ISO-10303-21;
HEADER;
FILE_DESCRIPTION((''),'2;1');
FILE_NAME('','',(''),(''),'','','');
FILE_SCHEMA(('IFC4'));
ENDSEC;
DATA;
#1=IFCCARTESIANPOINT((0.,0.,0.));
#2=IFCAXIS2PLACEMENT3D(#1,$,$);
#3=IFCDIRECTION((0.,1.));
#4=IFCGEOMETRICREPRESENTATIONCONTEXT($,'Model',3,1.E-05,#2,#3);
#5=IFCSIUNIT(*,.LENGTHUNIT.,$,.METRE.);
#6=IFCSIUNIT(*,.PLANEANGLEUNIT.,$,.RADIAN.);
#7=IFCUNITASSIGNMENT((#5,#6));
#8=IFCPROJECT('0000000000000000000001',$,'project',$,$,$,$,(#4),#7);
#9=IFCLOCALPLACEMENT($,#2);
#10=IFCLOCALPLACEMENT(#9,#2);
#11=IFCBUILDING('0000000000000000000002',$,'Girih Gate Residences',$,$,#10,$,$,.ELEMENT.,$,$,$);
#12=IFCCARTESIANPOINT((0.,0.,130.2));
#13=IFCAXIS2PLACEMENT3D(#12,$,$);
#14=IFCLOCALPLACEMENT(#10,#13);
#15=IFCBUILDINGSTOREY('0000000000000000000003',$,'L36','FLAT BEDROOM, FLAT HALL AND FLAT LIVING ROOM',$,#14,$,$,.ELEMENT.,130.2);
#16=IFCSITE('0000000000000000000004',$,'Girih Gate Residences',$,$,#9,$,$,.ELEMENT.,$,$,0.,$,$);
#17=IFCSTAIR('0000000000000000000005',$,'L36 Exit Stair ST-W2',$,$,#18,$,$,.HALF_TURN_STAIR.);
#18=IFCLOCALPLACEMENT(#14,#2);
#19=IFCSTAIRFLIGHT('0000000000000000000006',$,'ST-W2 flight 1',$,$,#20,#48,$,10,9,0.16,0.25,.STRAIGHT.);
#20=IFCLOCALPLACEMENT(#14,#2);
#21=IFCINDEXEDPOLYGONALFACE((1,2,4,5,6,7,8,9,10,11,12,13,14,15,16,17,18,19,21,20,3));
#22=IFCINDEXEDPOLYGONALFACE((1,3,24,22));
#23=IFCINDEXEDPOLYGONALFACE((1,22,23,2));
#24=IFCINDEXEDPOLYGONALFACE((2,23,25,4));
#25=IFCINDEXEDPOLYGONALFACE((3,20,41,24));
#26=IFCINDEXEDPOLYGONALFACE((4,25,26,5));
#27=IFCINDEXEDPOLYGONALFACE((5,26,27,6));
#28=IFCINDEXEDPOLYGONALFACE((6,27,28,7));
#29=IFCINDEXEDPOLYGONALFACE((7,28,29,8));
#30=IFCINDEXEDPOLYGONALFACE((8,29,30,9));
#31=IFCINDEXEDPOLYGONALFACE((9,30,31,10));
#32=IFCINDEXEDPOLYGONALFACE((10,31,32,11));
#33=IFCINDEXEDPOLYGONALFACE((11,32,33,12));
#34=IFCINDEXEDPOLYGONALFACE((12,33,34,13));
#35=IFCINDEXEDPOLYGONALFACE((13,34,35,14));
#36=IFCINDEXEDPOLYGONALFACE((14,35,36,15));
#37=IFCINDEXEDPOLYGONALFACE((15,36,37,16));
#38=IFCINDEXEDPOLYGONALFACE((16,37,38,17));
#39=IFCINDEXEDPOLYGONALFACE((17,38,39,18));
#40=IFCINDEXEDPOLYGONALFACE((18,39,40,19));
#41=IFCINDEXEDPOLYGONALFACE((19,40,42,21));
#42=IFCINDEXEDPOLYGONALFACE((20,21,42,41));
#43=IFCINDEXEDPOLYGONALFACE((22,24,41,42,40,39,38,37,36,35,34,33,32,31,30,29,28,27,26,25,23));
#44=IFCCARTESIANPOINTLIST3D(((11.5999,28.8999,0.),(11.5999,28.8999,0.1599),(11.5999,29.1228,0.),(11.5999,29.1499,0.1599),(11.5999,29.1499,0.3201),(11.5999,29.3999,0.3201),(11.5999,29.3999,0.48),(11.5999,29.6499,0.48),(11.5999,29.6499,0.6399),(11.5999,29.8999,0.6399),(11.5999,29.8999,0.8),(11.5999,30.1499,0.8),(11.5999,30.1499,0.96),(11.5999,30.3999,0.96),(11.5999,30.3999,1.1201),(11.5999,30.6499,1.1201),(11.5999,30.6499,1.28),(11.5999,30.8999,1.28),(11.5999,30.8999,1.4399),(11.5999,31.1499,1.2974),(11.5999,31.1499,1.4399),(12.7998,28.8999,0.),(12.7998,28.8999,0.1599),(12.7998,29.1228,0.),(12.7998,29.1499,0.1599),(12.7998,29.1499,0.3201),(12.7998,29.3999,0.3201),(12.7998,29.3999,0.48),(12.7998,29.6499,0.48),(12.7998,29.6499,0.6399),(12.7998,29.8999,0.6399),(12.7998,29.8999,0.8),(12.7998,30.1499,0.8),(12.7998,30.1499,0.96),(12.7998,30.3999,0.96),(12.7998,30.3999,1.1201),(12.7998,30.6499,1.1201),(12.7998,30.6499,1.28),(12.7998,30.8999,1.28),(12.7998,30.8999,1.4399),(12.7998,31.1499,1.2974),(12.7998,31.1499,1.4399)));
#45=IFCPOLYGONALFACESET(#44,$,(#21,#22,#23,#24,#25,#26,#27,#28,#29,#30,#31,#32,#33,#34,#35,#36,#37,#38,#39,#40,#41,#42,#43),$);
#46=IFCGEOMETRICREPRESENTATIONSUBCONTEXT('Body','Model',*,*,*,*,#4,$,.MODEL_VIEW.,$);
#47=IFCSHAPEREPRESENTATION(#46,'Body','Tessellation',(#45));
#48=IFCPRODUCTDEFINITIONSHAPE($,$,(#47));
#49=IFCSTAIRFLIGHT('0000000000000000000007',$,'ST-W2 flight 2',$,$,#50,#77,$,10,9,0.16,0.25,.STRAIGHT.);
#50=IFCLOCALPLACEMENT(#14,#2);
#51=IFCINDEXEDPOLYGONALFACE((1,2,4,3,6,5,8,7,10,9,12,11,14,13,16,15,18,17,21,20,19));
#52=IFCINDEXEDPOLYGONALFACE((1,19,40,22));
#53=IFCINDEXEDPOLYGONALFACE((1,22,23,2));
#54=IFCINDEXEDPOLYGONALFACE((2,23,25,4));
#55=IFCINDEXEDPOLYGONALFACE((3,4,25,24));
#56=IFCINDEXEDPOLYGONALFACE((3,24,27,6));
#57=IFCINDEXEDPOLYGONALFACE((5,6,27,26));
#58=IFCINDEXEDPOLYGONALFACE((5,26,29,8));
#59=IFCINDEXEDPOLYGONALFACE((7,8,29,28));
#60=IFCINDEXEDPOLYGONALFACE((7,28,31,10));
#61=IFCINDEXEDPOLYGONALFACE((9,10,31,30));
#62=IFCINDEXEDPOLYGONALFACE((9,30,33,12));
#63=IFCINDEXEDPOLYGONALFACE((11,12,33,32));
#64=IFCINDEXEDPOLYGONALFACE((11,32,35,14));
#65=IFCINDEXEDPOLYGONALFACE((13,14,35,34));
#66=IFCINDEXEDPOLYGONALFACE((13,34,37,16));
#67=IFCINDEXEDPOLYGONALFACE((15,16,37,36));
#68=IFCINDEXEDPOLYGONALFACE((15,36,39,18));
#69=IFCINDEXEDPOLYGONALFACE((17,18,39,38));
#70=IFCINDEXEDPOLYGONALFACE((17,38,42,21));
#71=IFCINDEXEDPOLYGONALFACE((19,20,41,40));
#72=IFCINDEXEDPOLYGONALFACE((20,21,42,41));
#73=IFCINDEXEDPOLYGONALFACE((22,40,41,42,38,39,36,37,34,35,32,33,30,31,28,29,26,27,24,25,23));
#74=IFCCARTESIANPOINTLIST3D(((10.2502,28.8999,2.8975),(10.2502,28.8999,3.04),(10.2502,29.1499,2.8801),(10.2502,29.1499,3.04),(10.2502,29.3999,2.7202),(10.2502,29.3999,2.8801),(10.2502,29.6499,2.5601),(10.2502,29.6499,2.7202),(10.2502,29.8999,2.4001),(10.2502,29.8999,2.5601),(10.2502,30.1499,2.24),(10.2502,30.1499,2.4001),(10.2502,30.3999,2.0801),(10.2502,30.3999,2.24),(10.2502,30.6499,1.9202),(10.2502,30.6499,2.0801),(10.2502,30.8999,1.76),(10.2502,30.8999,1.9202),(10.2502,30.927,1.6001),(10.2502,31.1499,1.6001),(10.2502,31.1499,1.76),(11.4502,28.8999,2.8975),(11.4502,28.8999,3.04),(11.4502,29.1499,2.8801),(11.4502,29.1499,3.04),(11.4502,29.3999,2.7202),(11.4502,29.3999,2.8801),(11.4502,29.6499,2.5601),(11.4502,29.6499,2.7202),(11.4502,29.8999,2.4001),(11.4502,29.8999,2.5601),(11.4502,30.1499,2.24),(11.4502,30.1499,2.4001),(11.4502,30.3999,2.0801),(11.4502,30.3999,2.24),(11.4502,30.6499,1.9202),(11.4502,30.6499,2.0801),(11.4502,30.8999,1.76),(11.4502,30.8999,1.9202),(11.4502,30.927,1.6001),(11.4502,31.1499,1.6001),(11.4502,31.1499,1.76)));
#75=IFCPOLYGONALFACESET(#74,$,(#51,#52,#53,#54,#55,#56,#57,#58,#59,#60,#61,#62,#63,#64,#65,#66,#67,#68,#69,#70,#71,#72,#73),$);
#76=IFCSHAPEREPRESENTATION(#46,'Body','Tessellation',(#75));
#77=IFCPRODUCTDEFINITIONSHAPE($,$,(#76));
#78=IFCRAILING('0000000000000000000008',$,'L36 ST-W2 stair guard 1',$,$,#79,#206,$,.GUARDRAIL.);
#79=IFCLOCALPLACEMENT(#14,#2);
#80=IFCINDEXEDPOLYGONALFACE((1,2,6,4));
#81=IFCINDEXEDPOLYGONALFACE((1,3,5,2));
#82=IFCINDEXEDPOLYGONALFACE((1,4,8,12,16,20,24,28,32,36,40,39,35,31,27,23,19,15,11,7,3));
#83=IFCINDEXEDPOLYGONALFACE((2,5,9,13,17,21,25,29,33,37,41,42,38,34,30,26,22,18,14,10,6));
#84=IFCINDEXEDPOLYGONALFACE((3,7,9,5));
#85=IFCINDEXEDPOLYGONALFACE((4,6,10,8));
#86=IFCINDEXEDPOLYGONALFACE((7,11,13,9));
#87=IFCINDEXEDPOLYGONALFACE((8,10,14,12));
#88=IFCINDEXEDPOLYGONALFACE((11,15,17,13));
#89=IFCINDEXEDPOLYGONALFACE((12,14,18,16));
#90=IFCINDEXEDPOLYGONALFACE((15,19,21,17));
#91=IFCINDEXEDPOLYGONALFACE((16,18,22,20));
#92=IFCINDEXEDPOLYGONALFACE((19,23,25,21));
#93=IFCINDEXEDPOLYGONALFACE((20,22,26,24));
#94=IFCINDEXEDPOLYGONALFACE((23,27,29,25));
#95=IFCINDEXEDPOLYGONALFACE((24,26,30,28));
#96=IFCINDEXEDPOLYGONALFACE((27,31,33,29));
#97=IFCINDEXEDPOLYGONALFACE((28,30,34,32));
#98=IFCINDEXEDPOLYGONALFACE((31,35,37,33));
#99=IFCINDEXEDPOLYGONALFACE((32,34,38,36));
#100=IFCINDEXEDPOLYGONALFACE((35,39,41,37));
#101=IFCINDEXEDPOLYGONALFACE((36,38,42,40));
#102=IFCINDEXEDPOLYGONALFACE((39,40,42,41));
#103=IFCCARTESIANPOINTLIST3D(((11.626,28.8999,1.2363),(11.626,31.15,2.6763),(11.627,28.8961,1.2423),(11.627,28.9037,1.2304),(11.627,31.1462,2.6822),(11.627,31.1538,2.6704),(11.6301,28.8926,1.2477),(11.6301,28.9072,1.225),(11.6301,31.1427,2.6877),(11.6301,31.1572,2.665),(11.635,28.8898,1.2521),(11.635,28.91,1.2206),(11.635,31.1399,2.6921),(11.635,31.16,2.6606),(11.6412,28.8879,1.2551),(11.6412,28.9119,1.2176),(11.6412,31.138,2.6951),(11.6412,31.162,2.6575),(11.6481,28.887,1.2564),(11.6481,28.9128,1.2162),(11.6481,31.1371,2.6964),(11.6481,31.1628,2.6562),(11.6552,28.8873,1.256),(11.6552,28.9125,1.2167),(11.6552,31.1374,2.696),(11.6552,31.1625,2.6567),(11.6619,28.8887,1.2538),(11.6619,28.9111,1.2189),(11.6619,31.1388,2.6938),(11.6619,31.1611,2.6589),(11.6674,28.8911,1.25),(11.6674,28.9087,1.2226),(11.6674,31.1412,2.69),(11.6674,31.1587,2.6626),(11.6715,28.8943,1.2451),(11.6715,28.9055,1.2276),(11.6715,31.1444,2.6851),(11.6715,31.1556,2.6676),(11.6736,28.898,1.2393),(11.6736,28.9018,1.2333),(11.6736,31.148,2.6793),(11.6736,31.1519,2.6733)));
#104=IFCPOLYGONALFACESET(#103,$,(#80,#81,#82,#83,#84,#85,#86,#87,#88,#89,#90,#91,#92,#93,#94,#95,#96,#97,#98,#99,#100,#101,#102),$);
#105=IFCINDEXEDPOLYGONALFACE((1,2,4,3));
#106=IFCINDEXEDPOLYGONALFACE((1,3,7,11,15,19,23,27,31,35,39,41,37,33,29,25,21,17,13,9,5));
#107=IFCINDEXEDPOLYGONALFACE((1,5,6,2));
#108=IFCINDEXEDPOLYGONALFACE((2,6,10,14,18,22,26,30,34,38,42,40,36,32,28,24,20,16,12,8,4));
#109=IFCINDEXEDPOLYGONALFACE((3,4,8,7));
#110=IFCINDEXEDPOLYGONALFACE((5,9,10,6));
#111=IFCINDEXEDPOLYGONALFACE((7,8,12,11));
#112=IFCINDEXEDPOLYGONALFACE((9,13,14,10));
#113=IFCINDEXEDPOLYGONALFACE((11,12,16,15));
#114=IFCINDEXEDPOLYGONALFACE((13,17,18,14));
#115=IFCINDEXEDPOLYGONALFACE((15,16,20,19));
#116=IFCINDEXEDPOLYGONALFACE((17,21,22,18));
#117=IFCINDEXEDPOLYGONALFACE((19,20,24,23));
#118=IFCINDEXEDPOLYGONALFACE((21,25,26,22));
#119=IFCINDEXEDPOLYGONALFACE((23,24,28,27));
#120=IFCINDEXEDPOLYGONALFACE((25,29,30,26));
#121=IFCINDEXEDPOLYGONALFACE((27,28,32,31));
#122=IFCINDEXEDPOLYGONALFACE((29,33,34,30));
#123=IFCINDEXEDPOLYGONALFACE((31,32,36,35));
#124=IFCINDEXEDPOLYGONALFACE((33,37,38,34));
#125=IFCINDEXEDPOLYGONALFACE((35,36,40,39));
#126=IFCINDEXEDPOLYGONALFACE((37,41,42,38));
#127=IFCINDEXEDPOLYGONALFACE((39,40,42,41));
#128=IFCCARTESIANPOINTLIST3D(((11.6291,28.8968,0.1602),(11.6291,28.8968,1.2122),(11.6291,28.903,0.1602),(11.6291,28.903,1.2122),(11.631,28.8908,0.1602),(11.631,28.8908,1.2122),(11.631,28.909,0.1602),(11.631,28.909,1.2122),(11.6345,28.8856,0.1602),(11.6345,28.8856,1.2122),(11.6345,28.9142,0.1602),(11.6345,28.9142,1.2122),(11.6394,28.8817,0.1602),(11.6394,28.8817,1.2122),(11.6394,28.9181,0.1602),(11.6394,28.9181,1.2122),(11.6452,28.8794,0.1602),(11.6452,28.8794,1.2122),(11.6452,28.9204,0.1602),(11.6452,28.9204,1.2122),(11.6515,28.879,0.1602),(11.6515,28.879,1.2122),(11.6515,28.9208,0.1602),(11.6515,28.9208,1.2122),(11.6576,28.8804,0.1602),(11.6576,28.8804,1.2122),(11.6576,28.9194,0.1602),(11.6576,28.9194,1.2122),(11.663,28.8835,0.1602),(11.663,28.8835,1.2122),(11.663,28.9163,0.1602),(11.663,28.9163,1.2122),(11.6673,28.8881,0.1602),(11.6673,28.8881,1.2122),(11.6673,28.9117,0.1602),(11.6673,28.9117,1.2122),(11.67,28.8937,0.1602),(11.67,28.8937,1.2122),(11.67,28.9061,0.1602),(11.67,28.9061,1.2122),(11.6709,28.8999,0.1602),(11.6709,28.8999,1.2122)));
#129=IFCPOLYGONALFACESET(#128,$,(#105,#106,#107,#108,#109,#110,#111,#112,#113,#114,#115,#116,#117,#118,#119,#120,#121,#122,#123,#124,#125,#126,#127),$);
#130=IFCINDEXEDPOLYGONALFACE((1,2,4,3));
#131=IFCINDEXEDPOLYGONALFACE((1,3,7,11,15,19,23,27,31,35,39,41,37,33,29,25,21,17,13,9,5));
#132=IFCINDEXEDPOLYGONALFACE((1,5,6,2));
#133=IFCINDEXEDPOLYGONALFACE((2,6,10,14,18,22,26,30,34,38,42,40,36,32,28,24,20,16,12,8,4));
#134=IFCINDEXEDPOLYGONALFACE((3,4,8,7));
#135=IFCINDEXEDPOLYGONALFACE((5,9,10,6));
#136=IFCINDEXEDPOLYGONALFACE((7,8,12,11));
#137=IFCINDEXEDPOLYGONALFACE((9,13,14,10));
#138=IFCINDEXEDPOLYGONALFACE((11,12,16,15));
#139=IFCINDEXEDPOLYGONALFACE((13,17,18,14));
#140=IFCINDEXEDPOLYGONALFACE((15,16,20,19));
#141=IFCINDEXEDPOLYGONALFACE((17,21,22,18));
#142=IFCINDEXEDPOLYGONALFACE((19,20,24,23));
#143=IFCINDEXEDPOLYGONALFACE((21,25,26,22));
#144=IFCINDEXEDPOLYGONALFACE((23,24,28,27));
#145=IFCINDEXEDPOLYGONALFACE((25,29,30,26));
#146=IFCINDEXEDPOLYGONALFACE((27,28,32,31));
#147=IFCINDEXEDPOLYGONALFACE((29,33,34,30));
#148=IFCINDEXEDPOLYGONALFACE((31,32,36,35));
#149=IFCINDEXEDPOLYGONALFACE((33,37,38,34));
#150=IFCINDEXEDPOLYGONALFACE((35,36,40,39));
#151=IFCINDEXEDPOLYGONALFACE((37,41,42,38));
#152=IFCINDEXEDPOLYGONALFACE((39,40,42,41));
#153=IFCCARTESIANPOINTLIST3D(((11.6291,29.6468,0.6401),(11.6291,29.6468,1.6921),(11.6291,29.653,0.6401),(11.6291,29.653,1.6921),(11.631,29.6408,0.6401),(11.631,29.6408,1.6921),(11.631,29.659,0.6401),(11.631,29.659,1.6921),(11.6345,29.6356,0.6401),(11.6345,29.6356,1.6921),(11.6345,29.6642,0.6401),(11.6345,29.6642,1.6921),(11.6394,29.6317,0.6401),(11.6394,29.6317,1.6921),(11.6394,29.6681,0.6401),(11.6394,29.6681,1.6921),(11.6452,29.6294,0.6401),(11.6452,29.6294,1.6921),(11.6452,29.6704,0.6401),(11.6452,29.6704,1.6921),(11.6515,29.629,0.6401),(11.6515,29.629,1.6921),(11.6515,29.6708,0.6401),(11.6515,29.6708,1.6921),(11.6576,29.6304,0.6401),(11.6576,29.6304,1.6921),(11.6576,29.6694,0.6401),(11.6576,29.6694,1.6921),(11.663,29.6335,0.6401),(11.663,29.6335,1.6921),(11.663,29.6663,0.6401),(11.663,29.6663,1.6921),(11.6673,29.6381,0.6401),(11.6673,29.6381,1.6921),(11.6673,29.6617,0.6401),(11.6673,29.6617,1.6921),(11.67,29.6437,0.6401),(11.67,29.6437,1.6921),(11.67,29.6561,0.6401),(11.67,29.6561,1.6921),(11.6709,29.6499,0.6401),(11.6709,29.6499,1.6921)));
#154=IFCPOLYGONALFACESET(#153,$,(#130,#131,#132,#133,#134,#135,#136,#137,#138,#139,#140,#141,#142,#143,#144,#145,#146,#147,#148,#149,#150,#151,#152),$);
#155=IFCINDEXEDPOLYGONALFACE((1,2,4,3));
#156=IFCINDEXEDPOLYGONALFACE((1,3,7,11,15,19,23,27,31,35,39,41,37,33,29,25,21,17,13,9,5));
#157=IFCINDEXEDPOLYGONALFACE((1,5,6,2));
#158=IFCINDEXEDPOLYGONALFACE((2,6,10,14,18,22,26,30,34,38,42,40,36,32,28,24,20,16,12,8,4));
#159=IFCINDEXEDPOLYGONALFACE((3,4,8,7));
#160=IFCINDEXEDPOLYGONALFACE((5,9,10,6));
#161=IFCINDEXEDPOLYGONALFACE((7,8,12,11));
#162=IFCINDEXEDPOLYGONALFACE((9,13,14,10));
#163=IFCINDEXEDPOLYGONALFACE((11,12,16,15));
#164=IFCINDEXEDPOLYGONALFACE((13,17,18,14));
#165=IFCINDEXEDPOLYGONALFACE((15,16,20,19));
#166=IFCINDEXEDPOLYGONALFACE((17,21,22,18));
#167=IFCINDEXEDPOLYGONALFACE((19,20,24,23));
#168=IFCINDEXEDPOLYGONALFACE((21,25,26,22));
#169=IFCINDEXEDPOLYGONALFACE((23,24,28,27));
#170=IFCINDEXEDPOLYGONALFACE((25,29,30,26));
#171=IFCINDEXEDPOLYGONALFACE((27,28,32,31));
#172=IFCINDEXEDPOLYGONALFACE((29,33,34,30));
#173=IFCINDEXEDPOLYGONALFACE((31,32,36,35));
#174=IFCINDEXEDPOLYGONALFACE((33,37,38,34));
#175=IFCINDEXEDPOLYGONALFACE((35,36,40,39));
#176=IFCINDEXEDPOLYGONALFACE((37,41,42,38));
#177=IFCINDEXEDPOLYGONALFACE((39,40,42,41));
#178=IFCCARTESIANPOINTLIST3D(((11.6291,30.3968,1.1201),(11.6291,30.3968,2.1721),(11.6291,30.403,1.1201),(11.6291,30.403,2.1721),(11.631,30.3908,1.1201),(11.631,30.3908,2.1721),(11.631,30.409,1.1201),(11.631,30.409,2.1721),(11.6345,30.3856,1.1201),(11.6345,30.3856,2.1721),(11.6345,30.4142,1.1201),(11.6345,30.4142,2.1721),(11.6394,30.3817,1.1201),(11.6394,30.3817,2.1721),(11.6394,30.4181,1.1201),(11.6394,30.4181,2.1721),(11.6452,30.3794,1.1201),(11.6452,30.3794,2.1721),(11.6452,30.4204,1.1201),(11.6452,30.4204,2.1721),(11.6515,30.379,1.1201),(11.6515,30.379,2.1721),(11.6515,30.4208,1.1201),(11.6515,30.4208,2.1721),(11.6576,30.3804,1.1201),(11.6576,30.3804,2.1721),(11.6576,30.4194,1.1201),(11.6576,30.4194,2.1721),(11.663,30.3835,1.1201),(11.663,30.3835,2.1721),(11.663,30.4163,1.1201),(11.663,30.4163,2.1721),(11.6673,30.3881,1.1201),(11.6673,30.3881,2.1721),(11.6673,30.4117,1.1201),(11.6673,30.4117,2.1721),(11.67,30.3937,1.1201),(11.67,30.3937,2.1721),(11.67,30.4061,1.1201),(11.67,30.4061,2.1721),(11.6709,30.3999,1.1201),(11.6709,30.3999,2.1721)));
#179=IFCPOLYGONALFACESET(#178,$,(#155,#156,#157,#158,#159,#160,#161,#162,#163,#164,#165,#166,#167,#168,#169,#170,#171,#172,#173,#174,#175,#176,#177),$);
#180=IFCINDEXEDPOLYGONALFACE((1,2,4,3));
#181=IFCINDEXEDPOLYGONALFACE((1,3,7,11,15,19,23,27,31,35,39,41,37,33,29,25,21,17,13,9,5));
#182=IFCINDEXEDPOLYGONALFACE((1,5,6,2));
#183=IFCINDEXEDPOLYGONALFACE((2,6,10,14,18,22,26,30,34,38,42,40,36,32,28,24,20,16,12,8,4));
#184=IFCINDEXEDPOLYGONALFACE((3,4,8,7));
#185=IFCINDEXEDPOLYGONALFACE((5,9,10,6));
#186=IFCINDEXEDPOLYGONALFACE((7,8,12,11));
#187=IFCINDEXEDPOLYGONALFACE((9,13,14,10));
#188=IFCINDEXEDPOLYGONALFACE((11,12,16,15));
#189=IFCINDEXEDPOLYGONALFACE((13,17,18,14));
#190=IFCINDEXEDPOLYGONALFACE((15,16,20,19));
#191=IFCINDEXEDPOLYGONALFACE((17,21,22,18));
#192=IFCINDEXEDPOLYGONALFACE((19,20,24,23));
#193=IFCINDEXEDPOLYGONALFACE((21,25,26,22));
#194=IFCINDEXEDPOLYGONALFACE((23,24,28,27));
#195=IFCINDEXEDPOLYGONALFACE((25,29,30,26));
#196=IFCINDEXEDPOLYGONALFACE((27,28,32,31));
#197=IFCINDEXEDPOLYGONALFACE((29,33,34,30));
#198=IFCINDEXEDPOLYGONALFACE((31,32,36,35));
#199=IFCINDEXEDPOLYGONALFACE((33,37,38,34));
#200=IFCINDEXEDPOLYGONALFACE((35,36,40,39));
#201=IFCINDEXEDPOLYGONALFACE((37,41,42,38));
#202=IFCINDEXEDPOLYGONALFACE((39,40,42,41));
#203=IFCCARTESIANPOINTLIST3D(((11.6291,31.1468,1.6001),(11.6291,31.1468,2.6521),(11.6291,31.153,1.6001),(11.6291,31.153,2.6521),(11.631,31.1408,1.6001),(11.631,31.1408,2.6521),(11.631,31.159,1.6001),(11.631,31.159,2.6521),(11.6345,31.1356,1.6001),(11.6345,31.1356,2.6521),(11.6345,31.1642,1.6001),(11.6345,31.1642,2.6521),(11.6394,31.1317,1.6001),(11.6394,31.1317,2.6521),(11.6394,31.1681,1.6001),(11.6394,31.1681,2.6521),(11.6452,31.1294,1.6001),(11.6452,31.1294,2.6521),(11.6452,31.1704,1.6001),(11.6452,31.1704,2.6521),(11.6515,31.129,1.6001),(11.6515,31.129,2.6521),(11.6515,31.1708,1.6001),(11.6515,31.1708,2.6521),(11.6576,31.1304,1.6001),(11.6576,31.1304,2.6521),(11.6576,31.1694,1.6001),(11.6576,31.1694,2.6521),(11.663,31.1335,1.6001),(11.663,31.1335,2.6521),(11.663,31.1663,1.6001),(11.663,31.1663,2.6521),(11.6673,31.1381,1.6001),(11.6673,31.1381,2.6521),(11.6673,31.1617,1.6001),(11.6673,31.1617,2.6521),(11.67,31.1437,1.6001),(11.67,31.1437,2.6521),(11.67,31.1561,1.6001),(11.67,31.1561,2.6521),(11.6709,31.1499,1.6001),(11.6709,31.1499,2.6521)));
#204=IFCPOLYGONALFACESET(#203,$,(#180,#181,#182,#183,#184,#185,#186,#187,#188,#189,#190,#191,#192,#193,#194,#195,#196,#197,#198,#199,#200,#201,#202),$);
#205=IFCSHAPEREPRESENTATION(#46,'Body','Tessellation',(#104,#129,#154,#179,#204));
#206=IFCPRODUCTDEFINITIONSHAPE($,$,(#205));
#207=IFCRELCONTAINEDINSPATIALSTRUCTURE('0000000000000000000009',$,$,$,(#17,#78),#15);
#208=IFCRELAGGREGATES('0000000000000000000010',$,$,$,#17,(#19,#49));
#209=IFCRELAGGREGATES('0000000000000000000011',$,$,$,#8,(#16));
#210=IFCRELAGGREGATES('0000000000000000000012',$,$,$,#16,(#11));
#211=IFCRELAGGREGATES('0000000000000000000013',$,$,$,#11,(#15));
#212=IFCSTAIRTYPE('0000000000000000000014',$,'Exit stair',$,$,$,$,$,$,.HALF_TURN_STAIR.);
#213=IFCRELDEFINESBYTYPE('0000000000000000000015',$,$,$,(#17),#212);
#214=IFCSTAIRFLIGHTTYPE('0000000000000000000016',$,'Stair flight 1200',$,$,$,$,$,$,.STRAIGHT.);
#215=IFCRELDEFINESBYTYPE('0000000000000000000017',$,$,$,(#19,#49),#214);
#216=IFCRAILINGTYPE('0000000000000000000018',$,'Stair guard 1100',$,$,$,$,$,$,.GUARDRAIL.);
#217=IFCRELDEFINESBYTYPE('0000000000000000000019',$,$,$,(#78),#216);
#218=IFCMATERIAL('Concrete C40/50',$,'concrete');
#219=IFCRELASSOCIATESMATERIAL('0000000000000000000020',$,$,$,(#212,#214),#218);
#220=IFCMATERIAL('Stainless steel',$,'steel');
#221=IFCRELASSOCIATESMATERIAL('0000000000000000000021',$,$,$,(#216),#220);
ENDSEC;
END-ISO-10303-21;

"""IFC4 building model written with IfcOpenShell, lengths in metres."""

from ifc_helpers import new_model, si_unit, direction, frame, origin, origin_2d, place, context, subcontext, project, spatial, polyline, circle, outline, extrude, material, type_object, element, aggregate, save


model = new_model("IFC4")

# Units and contexts
model_context = context("Model", 3, precision=1e-05, world=origin(), true_north=direction((0.0, 1.0)))
body_context = subcontext(model_context, "Body", "Model", "MODEL_VIEW")
ifc_project = project(units=[si_unit("LENGTHUNIT", "METRE"), si_unit("PLANEANGLEUNIT", "RADIAN")], contexts=[model_context])

# Site, building, storey
site_placement = place(None, origin())
site = spatial("IfcSite", under=ifc_project, at=site_placement, Name="Girih Gate Residences", CompositionType="ELEMENT", RefElevation=0.0)
building_placement = place(site_placement, origin())
building = spatial("IfcBuilding", under=site, at=building_placement, Name="Girih Gate Residences", CompositionType="ELEMENT")
storey_placement = place(building_placement, frame((0.0, 0.0, 130.2)))
storey = spatial("IfcBuildingStorey", under=building, at=storey_placement, Name="L36", Description="FLAT BEDROOM, FLAT HALL AND FLAT LIVING ROOM", CompositionType="ELEMENT", Elevation=130.2)

# Shared definitions
ifc_material_1 = material(Name="Concrete C40/50", Category="concrete")

# Stair, stair flights
stair_type = type_object("IfcStairType", Name="Exit stair", PredefinedType="HALF_TURN_STAIR", material=ifc_material_1)
stair_placement = place(storey_placement, origin())
stair = element("IfcStair", 1, at=stair_placement, inside=storey, type_object=stair_type, Name="L36 Exit Stair ST-W2", PredefinedType="HALF_TURN_STAIR")
stair_flight_type = type_object("IfcStairFlightType", Name="Stair flight 1200", PredefinedType="STRAIGHT", material=ifc_material_1)
stair_flight_1_placement = place(storey_placement, frame((12.2, 28.8999, 0.0), z_axis=(0.0, 0.0, 1.0), x_axis=(0.0, 1.0, 0.0)))
stair_flight_1 = element("IfcStairFlight", 2, at=stair_flight_1_placement, type_object=stair_flight_type, Name="ST-W2 flight 1", NumberOfRisers=10, NumberOfTreads=9, PredefinedType="STRAIGHT", RiserHeight=0.16, TreadLength=0.25, context=body_context, shape_type="SweptSolid", body=[
    extrude(outline(polyline([(0.0, 0.0), (0.0, 0.1599), (0.25, 0.1599), (0.25, 0.3201), (0.5, 0.3201), (0.5, 0.48), (0.75, 0.48), (0.75, 0.6399), (1.0, 0.6399), (1.0, 0.8), (1.25, 0.8), (1.25, 0.96), (1.5, 0.96), (1.5, 1.1201), (1.75, 1.1201), (1.75, 1.28), (2.0, 1.28), (2.0, 1.4399), (2.25, 1.4399), (2.25, 1.6001), (2.25, 1.2974), (0.2229, 0.0), (0.0, 0.0)])), frame((0.0, 0.6001, 0.0), z_axis=(0.0, -1.0, 0.0), x_axis=(1.0, 0.0, 0.0)), (0.0, 0.0, 1.0), 1.2),
])
stair_flight_2_placement = place(storey_placement, frame((10.8501, 31.1499, 1.6001), z_axis=(0.0, 0.0, 1.0), x_axis=(0.0, -1.0, 0.0)))
stair_flight_2 = element("IfcStairFlight", 3, at=stair_flight_2_placement, type_object=stair_flight_type, Name="ST-W2 flight 2", NumberOfRisers=10, NumberOfTreads=9, PredefinedType="STRAIGHT", RiserHeight=0.16, TreadLength=0.25, context=body_context, shape_type="SweptSolid", body=[
    extrude(outline(polyline([(0.0, 0.0), (0.0, 0.1599), (0.25, 0.1599), (0.25, 0.3201), (0.5, 0.3201), (0.5, 0.48), (0.75, 0.48), (0.75, 0.6399), (1.0, 0.6399), (1.0, 0.8), (1.25, 0.8), (1.25, 0.96), (1.5, 0.96), (1.5, 1.1201), (1.75, 1.1201), (1.75, 1.28), (2.0, 1.28), (2.0, 1.4399), (2.25, 1.4399), (2.25, 1.6001), (2.25, 1.2974), (0.2229, 0.0), (0.0, 0.0)])), frame((0.0, 0.6001, 0.0), z_axis=(0.0, -1.0, 0.0), x_axis=(1.0, 0.0, 0.0)), (0.0, 0.0, 1.0), 1.2),
])
aggregate(stair, [stair_flight_1, stair_flight_2])

# Railing
ifc_material_2 = material(Name="Stainless steel", Category="steel")
railing_type_1 = type_object("IfcRailingType", Name="Stair guard 1100", PredefinedType="GUARDRAIL", material=ifc_material_2)
railing_1_placement = place(storey_placement, frame((11.6499, 28.8999, 0.1602)))
element("IfcRailing", 4, at=railing_1_placement, inside=storey, type_object=railing_type_1, Name="L36 ST-W2 stair guard 1", PredefinedType="GUARDRAIL", context=body_context, shape_type="SweptSolid", body=[
    extrude(circle(Radius=0.0239, at=origin_2d()), frame((0.0, 0.0, 1.0762), z_axis=(0.0, 0.842281, 0.539038), x_axis=(-1.0, 0.0, 0.0)), (0.0, 0.0, 1.0), 2.6714),
    extrude(circle(Radius=0.021, at=origin_2d()), origin(), (0.0, 0.0, 1.0), 1.052),
    extrude(circle(Radius=0.021, at=origin_2d()), frame((0.0, 0.75, 0.48)), (0.0, 0.0, 1.0), 1.052),
    extrude(circle(Radius=0.021, at=origin_2d()), frame((0.0, 1.5, 0.96)), (0.0, 0.0, 1.0), 1.052),
    extrude(circle(Radius=0.021, at=origin_2d()), frame((0.0, 2.25, 1.4399)), (0.0, 0.0, 1.0), 1.052),
])

save(model, "model.ifc")
